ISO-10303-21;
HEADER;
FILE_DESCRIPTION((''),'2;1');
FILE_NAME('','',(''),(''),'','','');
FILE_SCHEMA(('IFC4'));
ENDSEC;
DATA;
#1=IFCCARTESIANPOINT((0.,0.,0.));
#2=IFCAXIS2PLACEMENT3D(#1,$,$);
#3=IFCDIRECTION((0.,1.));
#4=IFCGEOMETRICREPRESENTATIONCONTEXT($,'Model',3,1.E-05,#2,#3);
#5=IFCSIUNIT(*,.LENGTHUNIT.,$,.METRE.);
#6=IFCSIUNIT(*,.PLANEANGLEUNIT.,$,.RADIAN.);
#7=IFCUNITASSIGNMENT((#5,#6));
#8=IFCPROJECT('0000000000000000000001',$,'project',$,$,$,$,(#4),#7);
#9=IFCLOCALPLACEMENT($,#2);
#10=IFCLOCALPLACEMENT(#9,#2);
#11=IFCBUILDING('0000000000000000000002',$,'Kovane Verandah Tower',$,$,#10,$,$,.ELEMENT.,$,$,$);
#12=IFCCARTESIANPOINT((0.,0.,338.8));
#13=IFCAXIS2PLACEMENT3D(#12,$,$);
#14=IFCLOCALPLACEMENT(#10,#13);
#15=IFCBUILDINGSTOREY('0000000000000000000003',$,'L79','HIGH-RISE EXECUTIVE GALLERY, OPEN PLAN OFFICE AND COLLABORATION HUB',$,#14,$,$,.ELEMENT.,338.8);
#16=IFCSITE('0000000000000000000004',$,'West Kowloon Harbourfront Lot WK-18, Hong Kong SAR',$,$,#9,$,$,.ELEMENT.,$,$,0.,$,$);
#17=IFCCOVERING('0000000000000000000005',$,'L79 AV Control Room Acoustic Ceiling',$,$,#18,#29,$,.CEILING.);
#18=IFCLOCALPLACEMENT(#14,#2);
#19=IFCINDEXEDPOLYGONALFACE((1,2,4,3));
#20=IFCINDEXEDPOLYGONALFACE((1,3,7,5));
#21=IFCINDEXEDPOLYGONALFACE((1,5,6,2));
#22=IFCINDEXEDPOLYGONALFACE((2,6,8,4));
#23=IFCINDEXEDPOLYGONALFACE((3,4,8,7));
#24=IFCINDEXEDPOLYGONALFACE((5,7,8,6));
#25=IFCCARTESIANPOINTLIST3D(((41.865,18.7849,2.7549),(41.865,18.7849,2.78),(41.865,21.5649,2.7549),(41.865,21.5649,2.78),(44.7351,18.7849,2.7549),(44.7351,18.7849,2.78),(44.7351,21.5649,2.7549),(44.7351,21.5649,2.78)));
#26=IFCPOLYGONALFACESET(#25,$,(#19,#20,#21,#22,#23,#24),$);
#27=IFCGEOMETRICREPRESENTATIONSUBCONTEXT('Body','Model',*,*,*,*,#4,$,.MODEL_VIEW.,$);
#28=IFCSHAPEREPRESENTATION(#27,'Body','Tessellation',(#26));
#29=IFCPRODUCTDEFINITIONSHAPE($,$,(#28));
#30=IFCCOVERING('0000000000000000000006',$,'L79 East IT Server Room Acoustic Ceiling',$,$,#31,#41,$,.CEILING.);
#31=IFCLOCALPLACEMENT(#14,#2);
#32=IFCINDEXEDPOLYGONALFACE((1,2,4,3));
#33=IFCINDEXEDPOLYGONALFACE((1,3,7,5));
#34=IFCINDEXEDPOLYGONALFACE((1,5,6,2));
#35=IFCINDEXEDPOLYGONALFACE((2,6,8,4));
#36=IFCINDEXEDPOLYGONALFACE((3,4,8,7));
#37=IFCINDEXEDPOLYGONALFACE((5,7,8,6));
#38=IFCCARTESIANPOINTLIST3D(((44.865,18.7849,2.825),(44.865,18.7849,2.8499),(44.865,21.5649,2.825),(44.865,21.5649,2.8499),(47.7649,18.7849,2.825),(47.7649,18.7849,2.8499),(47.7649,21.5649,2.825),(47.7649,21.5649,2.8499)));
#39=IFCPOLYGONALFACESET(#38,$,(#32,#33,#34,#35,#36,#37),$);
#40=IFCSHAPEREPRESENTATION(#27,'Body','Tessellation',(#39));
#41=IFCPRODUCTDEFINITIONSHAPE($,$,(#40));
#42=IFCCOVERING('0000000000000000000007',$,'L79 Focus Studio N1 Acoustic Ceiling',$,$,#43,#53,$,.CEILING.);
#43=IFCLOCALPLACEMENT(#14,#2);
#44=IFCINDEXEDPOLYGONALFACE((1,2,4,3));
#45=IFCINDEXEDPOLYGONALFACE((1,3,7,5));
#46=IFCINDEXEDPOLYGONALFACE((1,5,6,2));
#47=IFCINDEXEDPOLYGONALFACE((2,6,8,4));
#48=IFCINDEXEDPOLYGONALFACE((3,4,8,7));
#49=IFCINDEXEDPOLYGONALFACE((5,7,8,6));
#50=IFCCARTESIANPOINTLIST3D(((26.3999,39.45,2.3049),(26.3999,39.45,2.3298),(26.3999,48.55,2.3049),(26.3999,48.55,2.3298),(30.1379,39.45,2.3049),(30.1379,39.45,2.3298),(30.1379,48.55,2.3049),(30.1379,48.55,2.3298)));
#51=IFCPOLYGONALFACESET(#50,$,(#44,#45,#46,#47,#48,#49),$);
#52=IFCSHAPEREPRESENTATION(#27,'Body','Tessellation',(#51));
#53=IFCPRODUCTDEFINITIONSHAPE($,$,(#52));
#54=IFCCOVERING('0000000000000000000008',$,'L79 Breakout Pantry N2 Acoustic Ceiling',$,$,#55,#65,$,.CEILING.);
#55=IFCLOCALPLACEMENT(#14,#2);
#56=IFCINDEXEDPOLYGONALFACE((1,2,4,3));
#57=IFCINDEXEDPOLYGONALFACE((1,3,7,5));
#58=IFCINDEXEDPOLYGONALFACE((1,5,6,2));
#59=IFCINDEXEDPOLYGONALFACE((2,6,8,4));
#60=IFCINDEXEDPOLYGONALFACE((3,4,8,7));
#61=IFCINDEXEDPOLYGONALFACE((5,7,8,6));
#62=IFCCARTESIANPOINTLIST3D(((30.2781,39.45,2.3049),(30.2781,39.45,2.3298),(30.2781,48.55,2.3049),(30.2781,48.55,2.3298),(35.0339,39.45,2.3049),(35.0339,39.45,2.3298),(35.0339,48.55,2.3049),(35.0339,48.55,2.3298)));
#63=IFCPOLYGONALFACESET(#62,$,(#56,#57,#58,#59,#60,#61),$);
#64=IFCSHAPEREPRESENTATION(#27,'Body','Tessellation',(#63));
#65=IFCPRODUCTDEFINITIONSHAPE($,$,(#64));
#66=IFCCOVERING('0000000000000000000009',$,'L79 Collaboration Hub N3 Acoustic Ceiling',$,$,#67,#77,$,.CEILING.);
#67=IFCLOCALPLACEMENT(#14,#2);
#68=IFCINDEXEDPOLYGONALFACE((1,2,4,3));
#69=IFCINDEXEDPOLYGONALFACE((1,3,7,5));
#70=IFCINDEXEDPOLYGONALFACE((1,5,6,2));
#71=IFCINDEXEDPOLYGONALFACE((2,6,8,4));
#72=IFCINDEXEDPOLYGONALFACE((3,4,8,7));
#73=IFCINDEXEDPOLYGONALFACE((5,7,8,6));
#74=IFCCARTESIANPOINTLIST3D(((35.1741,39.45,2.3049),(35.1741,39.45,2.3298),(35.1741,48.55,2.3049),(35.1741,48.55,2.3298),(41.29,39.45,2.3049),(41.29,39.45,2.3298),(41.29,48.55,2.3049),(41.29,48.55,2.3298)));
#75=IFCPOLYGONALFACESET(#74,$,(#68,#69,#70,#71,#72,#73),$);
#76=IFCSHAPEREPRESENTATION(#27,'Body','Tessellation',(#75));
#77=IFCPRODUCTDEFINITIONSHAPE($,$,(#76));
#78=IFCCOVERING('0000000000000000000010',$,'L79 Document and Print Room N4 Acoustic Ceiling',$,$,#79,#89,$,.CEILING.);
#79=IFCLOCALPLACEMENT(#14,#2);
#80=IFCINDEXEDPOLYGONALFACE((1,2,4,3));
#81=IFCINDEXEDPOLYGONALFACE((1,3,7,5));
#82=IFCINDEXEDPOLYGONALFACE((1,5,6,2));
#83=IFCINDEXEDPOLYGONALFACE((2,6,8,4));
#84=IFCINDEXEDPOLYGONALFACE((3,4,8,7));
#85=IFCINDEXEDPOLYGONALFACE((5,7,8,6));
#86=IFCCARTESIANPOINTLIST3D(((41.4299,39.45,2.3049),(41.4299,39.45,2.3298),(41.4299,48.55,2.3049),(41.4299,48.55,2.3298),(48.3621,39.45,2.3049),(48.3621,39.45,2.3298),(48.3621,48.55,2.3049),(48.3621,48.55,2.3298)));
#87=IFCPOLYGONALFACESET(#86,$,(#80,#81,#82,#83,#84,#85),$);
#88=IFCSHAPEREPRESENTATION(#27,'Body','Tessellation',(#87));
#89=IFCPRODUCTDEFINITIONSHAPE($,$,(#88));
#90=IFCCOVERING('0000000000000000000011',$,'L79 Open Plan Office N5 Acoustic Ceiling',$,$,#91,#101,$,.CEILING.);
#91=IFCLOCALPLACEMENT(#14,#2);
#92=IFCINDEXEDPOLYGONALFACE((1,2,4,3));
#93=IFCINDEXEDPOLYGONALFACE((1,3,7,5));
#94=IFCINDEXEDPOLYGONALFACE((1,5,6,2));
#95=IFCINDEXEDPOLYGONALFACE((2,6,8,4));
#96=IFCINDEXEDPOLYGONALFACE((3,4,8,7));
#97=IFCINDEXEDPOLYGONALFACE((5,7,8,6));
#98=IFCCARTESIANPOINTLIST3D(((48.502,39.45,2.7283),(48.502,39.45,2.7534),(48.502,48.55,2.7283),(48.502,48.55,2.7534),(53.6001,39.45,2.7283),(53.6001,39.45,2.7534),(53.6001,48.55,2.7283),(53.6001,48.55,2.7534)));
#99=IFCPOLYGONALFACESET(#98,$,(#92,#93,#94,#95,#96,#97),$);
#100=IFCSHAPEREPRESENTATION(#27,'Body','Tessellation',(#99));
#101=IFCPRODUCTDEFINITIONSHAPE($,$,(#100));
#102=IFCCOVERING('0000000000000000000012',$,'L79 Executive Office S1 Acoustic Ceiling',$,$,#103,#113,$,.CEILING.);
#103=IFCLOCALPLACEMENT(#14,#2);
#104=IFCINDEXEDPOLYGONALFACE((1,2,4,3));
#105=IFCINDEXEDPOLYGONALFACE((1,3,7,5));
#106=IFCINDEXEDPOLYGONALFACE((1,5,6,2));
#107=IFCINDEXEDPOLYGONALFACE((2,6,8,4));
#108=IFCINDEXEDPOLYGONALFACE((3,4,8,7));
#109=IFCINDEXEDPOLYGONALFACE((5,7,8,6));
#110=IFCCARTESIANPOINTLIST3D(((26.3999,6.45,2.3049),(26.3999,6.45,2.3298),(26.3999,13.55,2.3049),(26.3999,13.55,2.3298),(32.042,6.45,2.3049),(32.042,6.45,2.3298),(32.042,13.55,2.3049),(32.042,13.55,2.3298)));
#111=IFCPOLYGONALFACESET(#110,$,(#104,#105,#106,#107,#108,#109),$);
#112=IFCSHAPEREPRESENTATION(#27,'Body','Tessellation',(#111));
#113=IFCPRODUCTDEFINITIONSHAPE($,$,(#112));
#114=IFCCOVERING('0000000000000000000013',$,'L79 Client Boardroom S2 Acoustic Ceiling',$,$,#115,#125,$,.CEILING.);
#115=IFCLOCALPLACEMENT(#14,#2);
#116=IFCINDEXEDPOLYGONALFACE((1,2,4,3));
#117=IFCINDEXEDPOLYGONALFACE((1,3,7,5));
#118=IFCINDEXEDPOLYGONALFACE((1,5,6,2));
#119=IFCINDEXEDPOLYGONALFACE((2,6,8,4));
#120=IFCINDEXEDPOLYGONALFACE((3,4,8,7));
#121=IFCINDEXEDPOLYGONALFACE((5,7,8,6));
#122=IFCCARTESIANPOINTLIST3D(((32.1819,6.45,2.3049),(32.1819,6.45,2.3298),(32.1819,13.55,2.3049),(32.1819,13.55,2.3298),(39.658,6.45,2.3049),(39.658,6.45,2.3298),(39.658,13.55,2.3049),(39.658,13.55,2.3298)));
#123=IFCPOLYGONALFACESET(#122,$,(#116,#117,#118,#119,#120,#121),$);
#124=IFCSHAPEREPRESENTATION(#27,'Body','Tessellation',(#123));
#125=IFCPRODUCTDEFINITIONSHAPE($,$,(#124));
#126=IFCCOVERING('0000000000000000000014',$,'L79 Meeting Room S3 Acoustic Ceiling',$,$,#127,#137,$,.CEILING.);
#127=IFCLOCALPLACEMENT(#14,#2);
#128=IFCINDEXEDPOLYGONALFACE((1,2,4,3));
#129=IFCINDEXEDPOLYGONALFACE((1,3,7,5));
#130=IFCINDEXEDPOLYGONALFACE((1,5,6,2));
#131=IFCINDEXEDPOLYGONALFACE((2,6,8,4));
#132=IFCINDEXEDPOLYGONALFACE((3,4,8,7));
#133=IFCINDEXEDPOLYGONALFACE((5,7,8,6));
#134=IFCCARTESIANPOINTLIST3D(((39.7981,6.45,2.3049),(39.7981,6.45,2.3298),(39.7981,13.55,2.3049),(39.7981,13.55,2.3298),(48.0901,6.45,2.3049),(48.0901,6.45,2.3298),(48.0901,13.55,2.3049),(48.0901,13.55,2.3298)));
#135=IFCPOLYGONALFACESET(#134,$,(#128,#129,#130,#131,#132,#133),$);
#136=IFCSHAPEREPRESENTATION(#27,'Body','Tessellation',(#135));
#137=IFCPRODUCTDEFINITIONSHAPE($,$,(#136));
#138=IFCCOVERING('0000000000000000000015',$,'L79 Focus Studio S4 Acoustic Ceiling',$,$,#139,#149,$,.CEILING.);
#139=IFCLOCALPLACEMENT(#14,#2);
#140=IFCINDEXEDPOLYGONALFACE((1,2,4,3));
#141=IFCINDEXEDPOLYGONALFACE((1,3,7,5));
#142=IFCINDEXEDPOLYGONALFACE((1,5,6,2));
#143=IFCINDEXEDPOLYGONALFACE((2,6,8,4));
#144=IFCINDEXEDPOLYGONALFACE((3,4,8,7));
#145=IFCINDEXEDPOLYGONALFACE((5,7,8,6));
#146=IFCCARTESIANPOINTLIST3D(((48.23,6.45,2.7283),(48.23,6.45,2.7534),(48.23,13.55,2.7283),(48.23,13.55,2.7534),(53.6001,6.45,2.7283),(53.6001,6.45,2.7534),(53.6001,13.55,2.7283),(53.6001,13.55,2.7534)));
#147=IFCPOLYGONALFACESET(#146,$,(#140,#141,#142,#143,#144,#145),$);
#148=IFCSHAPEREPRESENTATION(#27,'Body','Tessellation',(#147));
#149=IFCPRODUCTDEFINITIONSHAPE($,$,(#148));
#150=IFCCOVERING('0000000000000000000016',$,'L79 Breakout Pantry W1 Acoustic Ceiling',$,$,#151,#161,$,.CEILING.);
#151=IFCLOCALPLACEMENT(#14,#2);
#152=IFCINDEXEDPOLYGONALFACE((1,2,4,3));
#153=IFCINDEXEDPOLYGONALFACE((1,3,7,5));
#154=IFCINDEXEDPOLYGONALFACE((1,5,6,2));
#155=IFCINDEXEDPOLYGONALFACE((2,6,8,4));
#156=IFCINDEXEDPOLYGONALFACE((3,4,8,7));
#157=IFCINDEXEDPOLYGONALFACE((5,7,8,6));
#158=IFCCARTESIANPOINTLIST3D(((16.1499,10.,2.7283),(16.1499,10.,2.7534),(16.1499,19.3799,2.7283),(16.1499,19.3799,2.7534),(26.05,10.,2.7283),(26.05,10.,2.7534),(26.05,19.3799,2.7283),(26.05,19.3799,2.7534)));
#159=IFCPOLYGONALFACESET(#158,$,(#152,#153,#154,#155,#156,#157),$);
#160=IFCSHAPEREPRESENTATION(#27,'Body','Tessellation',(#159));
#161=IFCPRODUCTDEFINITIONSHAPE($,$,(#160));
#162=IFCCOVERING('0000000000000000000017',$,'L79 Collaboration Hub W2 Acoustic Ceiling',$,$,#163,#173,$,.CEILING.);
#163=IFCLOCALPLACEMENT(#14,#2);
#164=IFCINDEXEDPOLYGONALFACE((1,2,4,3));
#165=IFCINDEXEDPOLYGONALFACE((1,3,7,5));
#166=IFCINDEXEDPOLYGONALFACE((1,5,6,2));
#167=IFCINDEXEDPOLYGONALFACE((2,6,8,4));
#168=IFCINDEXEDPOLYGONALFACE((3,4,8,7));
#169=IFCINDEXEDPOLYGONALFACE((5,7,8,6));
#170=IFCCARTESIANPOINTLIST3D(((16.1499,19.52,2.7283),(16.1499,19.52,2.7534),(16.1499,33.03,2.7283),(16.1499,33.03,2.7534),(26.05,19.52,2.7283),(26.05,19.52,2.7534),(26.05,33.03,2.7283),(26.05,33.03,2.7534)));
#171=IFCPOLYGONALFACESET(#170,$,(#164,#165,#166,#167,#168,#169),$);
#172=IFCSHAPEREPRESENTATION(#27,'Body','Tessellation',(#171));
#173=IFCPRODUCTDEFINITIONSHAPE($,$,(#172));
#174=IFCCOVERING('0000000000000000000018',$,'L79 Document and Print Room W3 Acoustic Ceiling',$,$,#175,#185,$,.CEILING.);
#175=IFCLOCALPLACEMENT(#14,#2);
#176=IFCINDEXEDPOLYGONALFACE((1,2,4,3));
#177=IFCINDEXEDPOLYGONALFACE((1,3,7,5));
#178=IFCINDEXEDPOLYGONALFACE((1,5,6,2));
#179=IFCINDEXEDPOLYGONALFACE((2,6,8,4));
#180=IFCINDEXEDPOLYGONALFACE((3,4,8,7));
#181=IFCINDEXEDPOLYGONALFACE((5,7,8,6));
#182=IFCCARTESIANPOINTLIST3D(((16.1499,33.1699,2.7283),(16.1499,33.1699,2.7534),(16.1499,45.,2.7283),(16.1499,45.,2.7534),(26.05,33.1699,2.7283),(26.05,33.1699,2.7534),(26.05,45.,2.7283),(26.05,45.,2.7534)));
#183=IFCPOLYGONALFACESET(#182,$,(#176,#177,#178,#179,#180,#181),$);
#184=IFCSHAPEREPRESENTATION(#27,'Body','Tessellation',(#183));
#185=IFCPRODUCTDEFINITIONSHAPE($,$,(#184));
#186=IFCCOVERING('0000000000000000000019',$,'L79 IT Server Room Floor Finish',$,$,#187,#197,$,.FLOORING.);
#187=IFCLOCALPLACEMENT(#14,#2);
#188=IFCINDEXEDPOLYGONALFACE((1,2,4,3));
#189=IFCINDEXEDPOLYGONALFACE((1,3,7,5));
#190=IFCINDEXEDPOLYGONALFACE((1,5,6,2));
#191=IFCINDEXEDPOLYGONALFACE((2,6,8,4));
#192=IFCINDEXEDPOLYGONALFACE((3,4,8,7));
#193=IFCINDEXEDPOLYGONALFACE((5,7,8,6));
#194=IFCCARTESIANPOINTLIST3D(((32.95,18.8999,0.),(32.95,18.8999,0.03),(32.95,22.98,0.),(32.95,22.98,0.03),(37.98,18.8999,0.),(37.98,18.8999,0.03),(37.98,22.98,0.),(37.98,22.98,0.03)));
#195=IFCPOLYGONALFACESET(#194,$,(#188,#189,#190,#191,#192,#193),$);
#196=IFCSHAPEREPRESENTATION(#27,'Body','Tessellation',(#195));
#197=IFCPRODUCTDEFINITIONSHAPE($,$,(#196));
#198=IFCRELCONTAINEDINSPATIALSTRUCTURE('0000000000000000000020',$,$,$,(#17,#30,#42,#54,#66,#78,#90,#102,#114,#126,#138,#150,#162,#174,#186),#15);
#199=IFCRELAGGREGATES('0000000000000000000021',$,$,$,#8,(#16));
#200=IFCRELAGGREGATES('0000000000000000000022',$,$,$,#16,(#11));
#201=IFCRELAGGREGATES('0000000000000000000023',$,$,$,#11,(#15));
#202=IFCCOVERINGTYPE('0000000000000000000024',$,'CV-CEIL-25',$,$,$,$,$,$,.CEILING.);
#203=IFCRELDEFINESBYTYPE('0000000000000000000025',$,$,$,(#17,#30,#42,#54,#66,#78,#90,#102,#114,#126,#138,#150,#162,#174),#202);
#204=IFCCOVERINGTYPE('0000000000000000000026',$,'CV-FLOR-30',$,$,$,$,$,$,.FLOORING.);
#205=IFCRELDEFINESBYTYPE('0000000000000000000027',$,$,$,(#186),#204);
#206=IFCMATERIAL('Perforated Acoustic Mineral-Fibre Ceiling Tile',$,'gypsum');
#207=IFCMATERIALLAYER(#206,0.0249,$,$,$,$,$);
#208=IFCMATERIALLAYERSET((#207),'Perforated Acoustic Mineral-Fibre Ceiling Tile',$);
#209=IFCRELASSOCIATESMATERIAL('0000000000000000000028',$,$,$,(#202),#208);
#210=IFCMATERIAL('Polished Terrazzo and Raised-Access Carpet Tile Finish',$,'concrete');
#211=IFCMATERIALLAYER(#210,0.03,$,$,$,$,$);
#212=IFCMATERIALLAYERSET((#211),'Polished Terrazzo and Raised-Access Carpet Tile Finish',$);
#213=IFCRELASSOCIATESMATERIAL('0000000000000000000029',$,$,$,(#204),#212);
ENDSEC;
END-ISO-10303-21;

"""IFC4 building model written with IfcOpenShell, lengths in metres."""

from ifc_helpers import new_model, si_unit, direction, frame, origin, place, context, subcontext, project, spatial, polyline, outline, extrude, material, layer, layer_set, type_object, element, save


model = new_model("IFC4")

# Units and contexts
model_context = context("Model", 3, precision=1e-05, world=origin(), true_north=direction((0.0, 1.0)))
body_context = subcontext(model_context, "Body", "Model", "MODEL_VIEW")
ifc_project = project(units=[si_unit("LENGTHUNIT", "METRE"), si_unit("PLANEANGLEUNIT", "RADIAN")], contexts=[model_context])

# Site, building, storey
site_placement = place(None, origin())
site = spatial("IfcSite", under=ifc_project, at=site_placement, Name="West Kowloon Harbourfront Lot WK-18, Hong Kong SAR", CompositionType="ELEMENT", RefElevation=0.0)
building_placement = place(site_placement, origin())
building = spatial("IfcBuilding", under=site, at=building_placement, Name="Kovane Verandah Tower", CompositionType="ELEMENT")
storey_placement = place(building_placement, frame((0.0, 0.0, 338.8)))
storey = spatial("IfcBuildingStorey", under=building, at=storey_placement, Name="L79", Description="HIGH-RISE EXECUTIVE GALLERY, OPEN PLAN OFFICE AND COLLABORATION HUB", CompositionType="ELEMENT", Elevation=338.8)

# Coverings
ifc_material_1 = material(Name="Perforated Acoustic Mineral-Fibre Ceiling Tile", Category="gypsum")
ifc_layer_1 = layer(ifc_material_1, 0.0249)
ifc_layer_set_1 = layer_set([ifc_layer_1], Name="Perforated Acoustic Mineral-Fibre Ceiling Tile")
covering_type_1 = type_object("IfcCoveringType", Name="CV-CEIL-25", PredefinedType="CEILING", material=ifc_layer_set_1)
covering_1_placement = place(storey_placement, frame((0.0, 0.0, 2.7549)))
element("IfcCovering", 1, at=covering_1_placement, inside=storey, type_object=covering_type_1, Name="L79 AV Control Room Acoustic Ceiling", PredefinedType="CEILING", context=body_context, shape_type="SweptSolid", body=[
    extrude(outline(polyline([(41.865, 18.7849), (44.7351, 18.7849), (44.7351, 21.5649), (41.865, 21.5649), (41.865, 18.7849)])), origin(), (0.0, 0.0, 1.0), 0.0251),
])
covering_2_placement = place(storey_placement, frame((0.0, 0.0, 2.825)))
element("IfcCovering", 2, at=covering_2_placement, inside=storey, type_object=covering_type_1, Name="L79 East IT Server Room Acoustic Ceiling", PredefinedType="CEILING", context=body_context, shape_type="SweptSolid", body=[
    extrude(outline(polyline([(44.865, 18.7849), (47.7649, 18.7849), (47.7649, 21.5649), (44.865, 21.5649), (44.865, 18.7849)])), origin(), (0.0, 0.0, 1.0), 0.0249),
])
covering_3_placement = place(storey_placement, frame((0.0, 0.0, 2.3049)))
element("IfcCovering", 3, at=covering_3_placement, inside=storey, type_object=covering_type_1, Name="L79 Focus Studio N1 Acoustic Ceiling", PredefinedType="CEILING", context=body_context, shape_type="SweptSolid", body=[
    extrude(outline(polyline([(26.3999, 39.45), (30.1379, 39.45), (30.1379, 48.55), (26.3999, 48.55), (26.3999, 39.45)])), origin(), (0.0, 0.0, 1.0), 0.0249),
])
covering_4_placement = place(storey_placement, frame((0.0, 0.0, 2.3049)))
element("IfcCovering", 4, at=covering_4_placement, inside=storey, type_object=covering_type_1, Name="L79 Breakout Pantry N2 Acoustic Ceiling", PredefinedType="CEILING", context=body_context, shape_type="SweptSolid", body=[
    extrude(outline(polyline([(30.2781, 39.45), (35.0339, 39.45), (35.0339, 48.55), (30.2781, 48.55), (30.2781, 39.45)])), origin(), (0.0, 0.0, 1.0), 0.0249),
])
covering_5_placement = place(storey_placement, frame((0.0, 0.0, 2.3049)))
element("IfcCovering", 5, at=covering_5_placement, inside=storey, type_object=covering_type_1, Name="L79 Collaboration Hub N3 Acoustic Ceiling", PredefinedType="CEILING", context=body_context, shape_type="SweptSolid", body=[
    extrude(outline(polyline([(35.1741, 39.45), (41.29, 39.45), (41.29, 48.55), (35.1741, 48.55), (35.1741, 39.45)])), origin(), (0.0, 0.0, 1.0), 0.0249),
])
covering_6_placement = place(storey_placement, frame((0.0, 0.0, 2.3049)))
element("IfcCovering", 6, at=covering_6_placement, inside=storey, type_object=covering_type_1, Name="L79 Document and Print Room N4 Acoustic Ceiling", PredefinedType="CEILING", context=body_context, shape_type="SweptSolid", body=[
    extrude(outline(polyline([(41.4299, 39.45), (48.3621, 39.45), (48.3621, 48.55), (41.4299, 48.55), (41.4299, 39.45)])), origin(), (0.0, 0.0, 1.0), 0.0249),
])
covering_7_placement = place(storey_placement, frame((0.0, 0.0, 2.7283)))
element("IfcCovering", 7, at=covering_7_placement, inside=storey, type_object=covering_type_1, Name="L79 Open Plan Office N5 Acoustic Ceiling", PredefinedType="CEILING", context=body_context, shape_type="SweptSolid", body=[
    extrude(outline(polyline([(48.502, 39.45), (53.6001, 39.45), (53.6001, 48.55), (48.502, 48.55), (48.502, 39.45)])), origin(), (0.0, 0.0, 1.0), 0.0251),
])
covering_8_placement = place(storey_placement, frame((0.0, 0.0, 2.3049)))
element("IfcCovering", 8, at=covering_8_placement, inside=storey, type_object=covering_type_1, Name="L79 Executive Office S1 Acoustic Ceiling", PredefinedType="CEILING", context=body_context, shape_type="SweptSolid", body=[
    extrude(outline(polyline([(26.3999, 6.45), (32.042, 6.45), (32.042, 13.55), (26.3999, 13.55), (26.3999, 6.45)])), origin(), (0.0, 0.0, 1.0), 0.0249),
])
covering_9_placement = place(storey_placement, frame((0.0, 0.0, 2.3049)))
element("IfcCovering", 9, at=covering_9_placement, inside=storey, type_object=covering_type_1, Name="L79 Client Boardroom S2 Acoustic Ceiling", PredefinedType="CEILING", context=body_context, shape_type="SweptSolid", body=[
    extrude(outline(polyline([(32.1819, 6.45), (39.658, 6.45), (39.658, 13.55), (32.1819, 13.55), (32.1819, 6.45)])), origin(), (0.0, 0.0, 1.0), 0.0249),
])
covering_10_placement = place(storey_placement, frame((0.0, 0.0, 2.3049)))
element("IfcCovering", 10, at=covering_10_placement, inside=storey, type_object=covering_type_1, Name="L79 Meeting Room S3 Acoustic Ceiling", PredefinedType="CEILING", context=body_context, shape_type="SweptSolid", body=[
    extrude(outline(polyline([(39.7981, 6.45), (48.0901, 6.45), (48.0901, 13.55), (39.7981, 13.55), (39.7981, 6.45)])), origin(), (0.0, 0.0, 1.0), 0.0249),
])
covering_11_placement = place(storey_placement, frame((0.0, 0.0, 2.7283)))
element("IfcCovering", 11, at=covering_11_placement, inside=storey, type_object=covering_type_1, Name="L79 Focus Studio S4 Acoustic Ceiling", PredefinedType="CEILING", context=body_context, shape_type="SweptSolid", body=[
    extrude(outline(polyline([(48.23, 6.45), (53.6001, 6.45), (53.6001, 13.55), (48.23, 13.55), (48.23, 6.45)])), origin(), (0.0, 0.0, 1.0), 0.0251),
])
covering_12_placement = place(storey_placement, frame((0.0, 0.0, 2.7283)))
element("IfcCovering", 12, at=covering_12_placement, inside=storey, type_object=covering_type_1, Name="L79 Breakout Pantry W1 Acoustic Ceiling", PredefinedType="CEILING", context=body_context, shape_type="SweptSolid", body=[
    extrude(outline(polyline([(16.1499, 10.0), (26.05, 10.0), (26.05, 19.3799), (16.1499, 19.3799), (16.1499, 10.0)])), origin(), (0.0, 0.0, 1.0), 0.0251),
])
covering_13_placement = place(storey_placement, frame((0.0, 0.0, 2.7283)))
element("IfcCovering", 13, at=covering_13_placement, inside=storey, type_object=covering_type_1, Name="L79 Collaboration Hub W2 Acoustic Ceiling", PredefinedType="CEILING", context=body_context, shape_type="SweptSolid", body=[
    extrude(outline(polyline([(16.1499, 19.52), (26.05, 19.52), (26.05, 33.03), (16.1499, 33.03), (16.1499, 19.52)])), origin(), (0.0, 0.0, 1.0), 0.0251),
])
covering_14_placement = place(storey_placement, frame((0.0, 0.0, 2.7283)))
element("IfcCovering", 14, at=covering_14_placement, inside=storey, type_object=covering_type_1, Name="L79 Document and Print Room W3 Acoustic Ceiling", PredefinedType="CEILING", context=body_context, shape_type="SweptSolid", body=[
    extrude(outline(polyline([(16.1499, 33.1699), (26.05, 33.1699), (26.05, 45.0), (16.1499, 45.0), (16.1499, 33.1699)])), origin(), (0.0, 0.0, 1.0), 0.0251),
])
ifc_material_2 = material(Name="Polished Terrazzo and Raised-Access Carpet Tile Finish", Category="concrete")
ifc_layer_2 = layer(ifc_material_2, 0.03)
ifc_layer_set_2 = layer_set([ifc_layer_2], Name="Polished Terrazzo and Raised-Access Carpet Tile Finish")
covering_type_2 = type_object("IfcCoveringType", Name="CV-FLOR-30", PredefinedType="FLOORING", material=ifc_layer_set_2)
covering_15_placement = place(storey_placement, origin())
element("IfcCovering", 15, at=covering_15_placement, inside=storey, type_object=covering_type_2, Name="L79 IT Server Room Floor Finish", PredefinedType="FLOORING", context=body_context, shape_type="SweptSolid", body=[
    extrude(outline(polyline([(32.95, 18.8999), (37.98, 18.8999), (37.98, 22.98), (32.95, 22.98), (32.95, 18.8999)])), origin(), (0.0, 0.0, 1.0), 0.03),
])

save(model, "model.ifc")
